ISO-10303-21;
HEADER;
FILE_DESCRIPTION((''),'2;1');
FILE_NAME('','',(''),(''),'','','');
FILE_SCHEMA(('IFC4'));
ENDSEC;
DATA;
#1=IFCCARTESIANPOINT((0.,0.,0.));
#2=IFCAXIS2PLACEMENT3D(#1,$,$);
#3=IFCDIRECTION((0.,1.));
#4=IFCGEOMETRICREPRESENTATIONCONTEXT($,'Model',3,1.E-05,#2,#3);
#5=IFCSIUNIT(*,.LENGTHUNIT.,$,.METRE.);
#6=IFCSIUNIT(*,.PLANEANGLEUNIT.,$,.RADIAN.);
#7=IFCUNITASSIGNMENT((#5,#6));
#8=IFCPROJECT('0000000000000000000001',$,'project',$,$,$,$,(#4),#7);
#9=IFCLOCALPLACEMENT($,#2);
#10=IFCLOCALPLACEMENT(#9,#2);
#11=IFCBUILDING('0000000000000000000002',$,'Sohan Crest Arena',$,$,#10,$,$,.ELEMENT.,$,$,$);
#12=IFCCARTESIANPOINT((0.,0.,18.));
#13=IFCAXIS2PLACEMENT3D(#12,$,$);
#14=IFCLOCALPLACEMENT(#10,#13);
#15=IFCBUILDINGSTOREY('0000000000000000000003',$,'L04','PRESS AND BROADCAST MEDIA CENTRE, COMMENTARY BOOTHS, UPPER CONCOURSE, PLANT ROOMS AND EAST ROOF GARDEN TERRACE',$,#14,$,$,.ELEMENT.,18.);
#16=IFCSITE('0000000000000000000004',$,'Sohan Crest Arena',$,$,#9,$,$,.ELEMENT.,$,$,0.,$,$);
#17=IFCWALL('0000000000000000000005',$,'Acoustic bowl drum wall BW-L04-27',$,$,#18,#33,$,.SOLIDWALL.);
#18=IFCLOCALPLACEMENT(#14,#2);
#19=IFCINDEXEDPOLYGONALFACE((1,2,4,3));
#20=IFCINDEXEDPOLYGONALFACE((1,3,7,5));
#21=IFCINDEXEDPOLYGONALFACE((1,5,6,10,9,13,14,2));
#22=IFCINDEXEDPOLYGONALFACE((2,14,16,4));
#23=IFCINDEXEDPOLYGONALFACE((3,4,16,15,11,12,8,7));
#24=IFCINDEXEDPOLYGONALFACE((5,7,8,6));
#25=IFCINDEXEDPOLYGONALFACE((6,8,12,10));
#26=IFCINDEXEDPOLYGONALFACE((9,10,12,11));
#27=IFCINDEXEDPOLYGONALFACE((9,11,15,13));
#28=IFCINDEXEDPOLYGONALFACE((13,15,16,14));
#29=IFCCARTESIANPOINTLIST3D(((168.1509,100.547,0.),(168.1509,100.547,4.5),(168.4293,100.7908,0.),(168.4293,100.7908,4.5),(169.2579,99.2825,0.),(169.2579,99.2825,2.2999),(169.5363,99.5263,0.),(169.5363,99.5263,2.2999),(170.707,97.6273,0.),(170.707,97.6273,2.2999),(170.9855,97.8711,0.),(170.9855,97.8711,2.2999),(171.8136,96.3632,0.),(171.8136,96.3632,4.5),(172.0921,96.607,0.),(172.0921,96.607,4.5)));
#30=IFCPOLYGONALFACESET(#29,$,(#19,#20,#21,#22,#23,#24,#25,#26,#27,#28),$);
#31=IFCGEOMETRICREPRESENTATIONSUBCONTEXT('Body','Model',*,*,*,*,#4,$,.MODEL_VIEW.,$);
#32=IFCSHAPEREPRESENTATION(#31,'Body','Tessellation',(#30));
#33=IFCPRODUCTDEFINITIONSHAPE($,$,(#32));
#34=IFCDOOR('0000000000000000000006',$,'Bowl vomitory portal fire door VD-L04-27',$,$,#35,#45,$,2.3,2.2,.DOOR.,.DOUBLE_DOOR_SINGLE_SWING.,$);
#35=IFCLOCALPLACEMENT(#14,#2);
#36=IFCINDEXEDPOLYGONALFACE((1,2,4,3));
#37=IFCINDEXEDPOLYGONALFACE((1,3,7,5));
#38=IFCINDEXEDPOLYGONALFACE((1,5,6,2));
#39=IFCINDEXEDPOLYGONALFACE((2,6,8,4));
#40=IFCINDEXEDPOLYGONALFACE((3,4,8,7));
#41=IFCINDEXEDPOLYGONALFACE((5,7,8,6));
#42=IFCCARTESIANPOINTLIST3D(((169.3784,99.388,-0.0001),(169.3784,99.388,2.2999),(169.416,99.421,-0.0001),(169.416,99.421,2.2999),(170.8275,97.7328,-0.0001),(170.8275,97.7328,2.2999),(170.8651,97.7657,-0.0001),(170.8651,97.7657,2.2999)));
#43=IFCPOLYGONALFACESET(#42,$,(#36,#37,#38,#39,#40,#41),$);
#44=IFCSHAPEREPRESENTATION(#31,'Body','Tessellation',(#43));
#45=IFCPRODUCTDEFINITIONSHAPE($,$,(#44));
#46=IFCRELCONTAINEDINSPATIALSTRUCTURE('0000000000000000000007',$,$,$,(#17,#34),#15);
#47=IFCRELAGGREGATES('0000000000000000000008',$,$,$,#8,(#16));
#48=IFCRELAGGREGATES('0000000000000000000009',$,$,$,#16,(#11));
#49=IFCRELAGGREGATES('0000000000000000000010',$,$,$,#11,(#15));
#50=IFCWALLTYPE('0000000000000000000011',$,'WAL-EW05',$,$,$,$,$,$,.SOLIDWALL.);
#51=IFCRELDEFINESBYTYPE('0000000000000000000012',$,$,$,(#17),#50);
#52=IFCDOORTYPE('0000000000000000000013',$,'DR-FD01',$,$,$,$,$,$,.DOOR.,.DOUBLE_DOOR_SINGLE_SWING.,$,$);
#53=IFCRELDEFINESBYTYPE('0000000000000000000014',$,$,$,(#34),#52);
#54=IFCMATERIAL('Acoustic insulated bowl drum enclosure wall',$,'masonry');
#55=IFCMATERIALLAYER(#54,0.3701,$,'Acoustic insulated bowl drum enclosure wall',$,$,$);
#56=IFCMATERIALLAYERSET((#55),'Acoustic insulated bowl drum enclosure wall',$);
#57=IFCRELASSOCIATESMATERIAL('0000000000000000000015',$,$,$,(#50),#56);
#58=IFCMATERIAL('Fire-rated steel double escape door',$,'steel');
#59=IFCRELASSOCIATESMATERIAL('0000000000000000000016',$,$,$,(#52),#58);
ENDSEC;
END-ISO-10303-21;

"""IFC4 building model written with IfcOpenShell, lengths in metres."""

from ifc_helpers import new_model, si_unit, direction, frame, frame_2d, origin, place, context, subcontext, project, spatial, rectangle, extrude, material, layer, layer_set, type_object, element, fill, save


model = new_model("IFC4")

# Units and contexts
model_context = context("Model", 3, precision=1e-05, world=origin(), true_north=direction((0.0, 1.0)))
body_context = subcontext(model_context, "Body", "Model", "MODEL_VIEW")
ifc_project = project(units=[si_unit("LENGTHUNIT", "METRE"), si_unit("PLANEANGLEUNIT", "RADIAN")], contexts=[model_context])

# Site, building, storey
site_placement = place(None, origin())
site = spatial("IfcSite", under=ifc_project, at=site_placement, Name="Sohan Crest Arena", CompositionType="ELEMENT", RefElevation=0.0)
building_placement = place(site_placement, origin())
building = spatial("IfcBuilding", under=site, at=building_placement, Name="Sohan Crest Arena", CompositionType="ELEMENT")
storey_placement = place(building_placement, frame((0.0, 0.0, 18.0)))
storey = spatial("IfcBuildingStorey", under=building, at=storey_placement, Name="L04", Description="PRESS AND BROADCAST MEDIA CENTRE, COMMENTARY BOOTHS, UPPER CONCOURSE, PLANT ROOMS AND EAST ROOF GARDEN TERRACE", CompositionType="ELEMENT", Elevation=18.0)

# Shared definitions
ifc_material_1 = material(Name="Acoustic insulated bowl drum enclosure wall", Category="masonry")
ifc_layer = layer(ifc_material_1, 0.3701, Name="Acoustic insulated bowl drum enclosure wall")
ifc_layer_set = layer_set([ifc_layer], Name="Acoustic insulated bowl drum enclosure wall")
wall_type = type_object("IfcWallType", Name="WAL-EW05", PredefinedType="SOLIDWALL", material=ifc_layer_set)

# Wall, opening, door
wall_1_placement = place(storey_placement, frame((171.9529, 96.4851, 0.0), z_axis=(0.0, 0.0, 1.0), x_axis=(-0.658707, 0.7524, 0.0)))
wall_1 = element("IfcWall", 1, at=wall_1_placement, inside=storey, type_object=wall_type, Name="Acoustic bowl drum wall BW-L04-27", PredefinedType="SOLIDWALL", context=body_context, shape_type="SweptSolid", body=[
    extrude(rectangle(XDim=5.5605, YDim=0.3701, at=frame_2d((2.7803, 0.0))), origin(), (0.0, 0.0, 1.0), 4.5),
])
opening_placement = place(wall_1_placement, frame((1.6799, 0.0, 0.0)))
opening = element("IfcOpeningElement", 2, at=opening_placement, cuts=wall_1, PredefinedType="OPENING", context=body_context, shape_type="SweptSolid", body=[
    extrude(rectangle(XDim=2.2, YDim=2.3, at=frame_2d((1.1001, 1.1499))), frame((0.0, 0.1951, 0.0), z_axis=(0.0, -1.0, 0.0), x_axis=(1.0, 0.0, 0.0)), (0.0, 0.0, 1.0), 0.3901),
])
ifc_material_2 = material(Name="Fire-rated steel double escape door", Category="steel")
door_type = type_object("IfcDoorType", Name="DR-FD01", OperationType="DOUBLE_DOOR_SINGLE_SWING", PredefinedType="DOOR", material=ifc_material_2)
door_placement = place(opening_placement, origin())
door = element("IfcDoor", 3, at=door_placement, inside=storey, type_object=door_type, Name="Bowl vomitory portal fire door VD-L04-27", OperationType="DOUBLE_DOOR_SINGLE_SWING", OverallHeight=2.3, OverallWidth=2.2, PredefinedType="DOOR", context=body_context, shape_type="SweptSolid", body=[
    extrude(rectangle(XDim=2.2, YDim=2.3, at=frame_2d((1.1001, 1.1499))), frame((0.0, 0.0249, 0.0), z_axis=(0.0, -1.0, 0.0), x_axis=(1.0, 0.0, 0.0)), (0.0, 0.0, 1.0), 0.05),
])
fill(opening, door)

save(model, "model.ifc")
